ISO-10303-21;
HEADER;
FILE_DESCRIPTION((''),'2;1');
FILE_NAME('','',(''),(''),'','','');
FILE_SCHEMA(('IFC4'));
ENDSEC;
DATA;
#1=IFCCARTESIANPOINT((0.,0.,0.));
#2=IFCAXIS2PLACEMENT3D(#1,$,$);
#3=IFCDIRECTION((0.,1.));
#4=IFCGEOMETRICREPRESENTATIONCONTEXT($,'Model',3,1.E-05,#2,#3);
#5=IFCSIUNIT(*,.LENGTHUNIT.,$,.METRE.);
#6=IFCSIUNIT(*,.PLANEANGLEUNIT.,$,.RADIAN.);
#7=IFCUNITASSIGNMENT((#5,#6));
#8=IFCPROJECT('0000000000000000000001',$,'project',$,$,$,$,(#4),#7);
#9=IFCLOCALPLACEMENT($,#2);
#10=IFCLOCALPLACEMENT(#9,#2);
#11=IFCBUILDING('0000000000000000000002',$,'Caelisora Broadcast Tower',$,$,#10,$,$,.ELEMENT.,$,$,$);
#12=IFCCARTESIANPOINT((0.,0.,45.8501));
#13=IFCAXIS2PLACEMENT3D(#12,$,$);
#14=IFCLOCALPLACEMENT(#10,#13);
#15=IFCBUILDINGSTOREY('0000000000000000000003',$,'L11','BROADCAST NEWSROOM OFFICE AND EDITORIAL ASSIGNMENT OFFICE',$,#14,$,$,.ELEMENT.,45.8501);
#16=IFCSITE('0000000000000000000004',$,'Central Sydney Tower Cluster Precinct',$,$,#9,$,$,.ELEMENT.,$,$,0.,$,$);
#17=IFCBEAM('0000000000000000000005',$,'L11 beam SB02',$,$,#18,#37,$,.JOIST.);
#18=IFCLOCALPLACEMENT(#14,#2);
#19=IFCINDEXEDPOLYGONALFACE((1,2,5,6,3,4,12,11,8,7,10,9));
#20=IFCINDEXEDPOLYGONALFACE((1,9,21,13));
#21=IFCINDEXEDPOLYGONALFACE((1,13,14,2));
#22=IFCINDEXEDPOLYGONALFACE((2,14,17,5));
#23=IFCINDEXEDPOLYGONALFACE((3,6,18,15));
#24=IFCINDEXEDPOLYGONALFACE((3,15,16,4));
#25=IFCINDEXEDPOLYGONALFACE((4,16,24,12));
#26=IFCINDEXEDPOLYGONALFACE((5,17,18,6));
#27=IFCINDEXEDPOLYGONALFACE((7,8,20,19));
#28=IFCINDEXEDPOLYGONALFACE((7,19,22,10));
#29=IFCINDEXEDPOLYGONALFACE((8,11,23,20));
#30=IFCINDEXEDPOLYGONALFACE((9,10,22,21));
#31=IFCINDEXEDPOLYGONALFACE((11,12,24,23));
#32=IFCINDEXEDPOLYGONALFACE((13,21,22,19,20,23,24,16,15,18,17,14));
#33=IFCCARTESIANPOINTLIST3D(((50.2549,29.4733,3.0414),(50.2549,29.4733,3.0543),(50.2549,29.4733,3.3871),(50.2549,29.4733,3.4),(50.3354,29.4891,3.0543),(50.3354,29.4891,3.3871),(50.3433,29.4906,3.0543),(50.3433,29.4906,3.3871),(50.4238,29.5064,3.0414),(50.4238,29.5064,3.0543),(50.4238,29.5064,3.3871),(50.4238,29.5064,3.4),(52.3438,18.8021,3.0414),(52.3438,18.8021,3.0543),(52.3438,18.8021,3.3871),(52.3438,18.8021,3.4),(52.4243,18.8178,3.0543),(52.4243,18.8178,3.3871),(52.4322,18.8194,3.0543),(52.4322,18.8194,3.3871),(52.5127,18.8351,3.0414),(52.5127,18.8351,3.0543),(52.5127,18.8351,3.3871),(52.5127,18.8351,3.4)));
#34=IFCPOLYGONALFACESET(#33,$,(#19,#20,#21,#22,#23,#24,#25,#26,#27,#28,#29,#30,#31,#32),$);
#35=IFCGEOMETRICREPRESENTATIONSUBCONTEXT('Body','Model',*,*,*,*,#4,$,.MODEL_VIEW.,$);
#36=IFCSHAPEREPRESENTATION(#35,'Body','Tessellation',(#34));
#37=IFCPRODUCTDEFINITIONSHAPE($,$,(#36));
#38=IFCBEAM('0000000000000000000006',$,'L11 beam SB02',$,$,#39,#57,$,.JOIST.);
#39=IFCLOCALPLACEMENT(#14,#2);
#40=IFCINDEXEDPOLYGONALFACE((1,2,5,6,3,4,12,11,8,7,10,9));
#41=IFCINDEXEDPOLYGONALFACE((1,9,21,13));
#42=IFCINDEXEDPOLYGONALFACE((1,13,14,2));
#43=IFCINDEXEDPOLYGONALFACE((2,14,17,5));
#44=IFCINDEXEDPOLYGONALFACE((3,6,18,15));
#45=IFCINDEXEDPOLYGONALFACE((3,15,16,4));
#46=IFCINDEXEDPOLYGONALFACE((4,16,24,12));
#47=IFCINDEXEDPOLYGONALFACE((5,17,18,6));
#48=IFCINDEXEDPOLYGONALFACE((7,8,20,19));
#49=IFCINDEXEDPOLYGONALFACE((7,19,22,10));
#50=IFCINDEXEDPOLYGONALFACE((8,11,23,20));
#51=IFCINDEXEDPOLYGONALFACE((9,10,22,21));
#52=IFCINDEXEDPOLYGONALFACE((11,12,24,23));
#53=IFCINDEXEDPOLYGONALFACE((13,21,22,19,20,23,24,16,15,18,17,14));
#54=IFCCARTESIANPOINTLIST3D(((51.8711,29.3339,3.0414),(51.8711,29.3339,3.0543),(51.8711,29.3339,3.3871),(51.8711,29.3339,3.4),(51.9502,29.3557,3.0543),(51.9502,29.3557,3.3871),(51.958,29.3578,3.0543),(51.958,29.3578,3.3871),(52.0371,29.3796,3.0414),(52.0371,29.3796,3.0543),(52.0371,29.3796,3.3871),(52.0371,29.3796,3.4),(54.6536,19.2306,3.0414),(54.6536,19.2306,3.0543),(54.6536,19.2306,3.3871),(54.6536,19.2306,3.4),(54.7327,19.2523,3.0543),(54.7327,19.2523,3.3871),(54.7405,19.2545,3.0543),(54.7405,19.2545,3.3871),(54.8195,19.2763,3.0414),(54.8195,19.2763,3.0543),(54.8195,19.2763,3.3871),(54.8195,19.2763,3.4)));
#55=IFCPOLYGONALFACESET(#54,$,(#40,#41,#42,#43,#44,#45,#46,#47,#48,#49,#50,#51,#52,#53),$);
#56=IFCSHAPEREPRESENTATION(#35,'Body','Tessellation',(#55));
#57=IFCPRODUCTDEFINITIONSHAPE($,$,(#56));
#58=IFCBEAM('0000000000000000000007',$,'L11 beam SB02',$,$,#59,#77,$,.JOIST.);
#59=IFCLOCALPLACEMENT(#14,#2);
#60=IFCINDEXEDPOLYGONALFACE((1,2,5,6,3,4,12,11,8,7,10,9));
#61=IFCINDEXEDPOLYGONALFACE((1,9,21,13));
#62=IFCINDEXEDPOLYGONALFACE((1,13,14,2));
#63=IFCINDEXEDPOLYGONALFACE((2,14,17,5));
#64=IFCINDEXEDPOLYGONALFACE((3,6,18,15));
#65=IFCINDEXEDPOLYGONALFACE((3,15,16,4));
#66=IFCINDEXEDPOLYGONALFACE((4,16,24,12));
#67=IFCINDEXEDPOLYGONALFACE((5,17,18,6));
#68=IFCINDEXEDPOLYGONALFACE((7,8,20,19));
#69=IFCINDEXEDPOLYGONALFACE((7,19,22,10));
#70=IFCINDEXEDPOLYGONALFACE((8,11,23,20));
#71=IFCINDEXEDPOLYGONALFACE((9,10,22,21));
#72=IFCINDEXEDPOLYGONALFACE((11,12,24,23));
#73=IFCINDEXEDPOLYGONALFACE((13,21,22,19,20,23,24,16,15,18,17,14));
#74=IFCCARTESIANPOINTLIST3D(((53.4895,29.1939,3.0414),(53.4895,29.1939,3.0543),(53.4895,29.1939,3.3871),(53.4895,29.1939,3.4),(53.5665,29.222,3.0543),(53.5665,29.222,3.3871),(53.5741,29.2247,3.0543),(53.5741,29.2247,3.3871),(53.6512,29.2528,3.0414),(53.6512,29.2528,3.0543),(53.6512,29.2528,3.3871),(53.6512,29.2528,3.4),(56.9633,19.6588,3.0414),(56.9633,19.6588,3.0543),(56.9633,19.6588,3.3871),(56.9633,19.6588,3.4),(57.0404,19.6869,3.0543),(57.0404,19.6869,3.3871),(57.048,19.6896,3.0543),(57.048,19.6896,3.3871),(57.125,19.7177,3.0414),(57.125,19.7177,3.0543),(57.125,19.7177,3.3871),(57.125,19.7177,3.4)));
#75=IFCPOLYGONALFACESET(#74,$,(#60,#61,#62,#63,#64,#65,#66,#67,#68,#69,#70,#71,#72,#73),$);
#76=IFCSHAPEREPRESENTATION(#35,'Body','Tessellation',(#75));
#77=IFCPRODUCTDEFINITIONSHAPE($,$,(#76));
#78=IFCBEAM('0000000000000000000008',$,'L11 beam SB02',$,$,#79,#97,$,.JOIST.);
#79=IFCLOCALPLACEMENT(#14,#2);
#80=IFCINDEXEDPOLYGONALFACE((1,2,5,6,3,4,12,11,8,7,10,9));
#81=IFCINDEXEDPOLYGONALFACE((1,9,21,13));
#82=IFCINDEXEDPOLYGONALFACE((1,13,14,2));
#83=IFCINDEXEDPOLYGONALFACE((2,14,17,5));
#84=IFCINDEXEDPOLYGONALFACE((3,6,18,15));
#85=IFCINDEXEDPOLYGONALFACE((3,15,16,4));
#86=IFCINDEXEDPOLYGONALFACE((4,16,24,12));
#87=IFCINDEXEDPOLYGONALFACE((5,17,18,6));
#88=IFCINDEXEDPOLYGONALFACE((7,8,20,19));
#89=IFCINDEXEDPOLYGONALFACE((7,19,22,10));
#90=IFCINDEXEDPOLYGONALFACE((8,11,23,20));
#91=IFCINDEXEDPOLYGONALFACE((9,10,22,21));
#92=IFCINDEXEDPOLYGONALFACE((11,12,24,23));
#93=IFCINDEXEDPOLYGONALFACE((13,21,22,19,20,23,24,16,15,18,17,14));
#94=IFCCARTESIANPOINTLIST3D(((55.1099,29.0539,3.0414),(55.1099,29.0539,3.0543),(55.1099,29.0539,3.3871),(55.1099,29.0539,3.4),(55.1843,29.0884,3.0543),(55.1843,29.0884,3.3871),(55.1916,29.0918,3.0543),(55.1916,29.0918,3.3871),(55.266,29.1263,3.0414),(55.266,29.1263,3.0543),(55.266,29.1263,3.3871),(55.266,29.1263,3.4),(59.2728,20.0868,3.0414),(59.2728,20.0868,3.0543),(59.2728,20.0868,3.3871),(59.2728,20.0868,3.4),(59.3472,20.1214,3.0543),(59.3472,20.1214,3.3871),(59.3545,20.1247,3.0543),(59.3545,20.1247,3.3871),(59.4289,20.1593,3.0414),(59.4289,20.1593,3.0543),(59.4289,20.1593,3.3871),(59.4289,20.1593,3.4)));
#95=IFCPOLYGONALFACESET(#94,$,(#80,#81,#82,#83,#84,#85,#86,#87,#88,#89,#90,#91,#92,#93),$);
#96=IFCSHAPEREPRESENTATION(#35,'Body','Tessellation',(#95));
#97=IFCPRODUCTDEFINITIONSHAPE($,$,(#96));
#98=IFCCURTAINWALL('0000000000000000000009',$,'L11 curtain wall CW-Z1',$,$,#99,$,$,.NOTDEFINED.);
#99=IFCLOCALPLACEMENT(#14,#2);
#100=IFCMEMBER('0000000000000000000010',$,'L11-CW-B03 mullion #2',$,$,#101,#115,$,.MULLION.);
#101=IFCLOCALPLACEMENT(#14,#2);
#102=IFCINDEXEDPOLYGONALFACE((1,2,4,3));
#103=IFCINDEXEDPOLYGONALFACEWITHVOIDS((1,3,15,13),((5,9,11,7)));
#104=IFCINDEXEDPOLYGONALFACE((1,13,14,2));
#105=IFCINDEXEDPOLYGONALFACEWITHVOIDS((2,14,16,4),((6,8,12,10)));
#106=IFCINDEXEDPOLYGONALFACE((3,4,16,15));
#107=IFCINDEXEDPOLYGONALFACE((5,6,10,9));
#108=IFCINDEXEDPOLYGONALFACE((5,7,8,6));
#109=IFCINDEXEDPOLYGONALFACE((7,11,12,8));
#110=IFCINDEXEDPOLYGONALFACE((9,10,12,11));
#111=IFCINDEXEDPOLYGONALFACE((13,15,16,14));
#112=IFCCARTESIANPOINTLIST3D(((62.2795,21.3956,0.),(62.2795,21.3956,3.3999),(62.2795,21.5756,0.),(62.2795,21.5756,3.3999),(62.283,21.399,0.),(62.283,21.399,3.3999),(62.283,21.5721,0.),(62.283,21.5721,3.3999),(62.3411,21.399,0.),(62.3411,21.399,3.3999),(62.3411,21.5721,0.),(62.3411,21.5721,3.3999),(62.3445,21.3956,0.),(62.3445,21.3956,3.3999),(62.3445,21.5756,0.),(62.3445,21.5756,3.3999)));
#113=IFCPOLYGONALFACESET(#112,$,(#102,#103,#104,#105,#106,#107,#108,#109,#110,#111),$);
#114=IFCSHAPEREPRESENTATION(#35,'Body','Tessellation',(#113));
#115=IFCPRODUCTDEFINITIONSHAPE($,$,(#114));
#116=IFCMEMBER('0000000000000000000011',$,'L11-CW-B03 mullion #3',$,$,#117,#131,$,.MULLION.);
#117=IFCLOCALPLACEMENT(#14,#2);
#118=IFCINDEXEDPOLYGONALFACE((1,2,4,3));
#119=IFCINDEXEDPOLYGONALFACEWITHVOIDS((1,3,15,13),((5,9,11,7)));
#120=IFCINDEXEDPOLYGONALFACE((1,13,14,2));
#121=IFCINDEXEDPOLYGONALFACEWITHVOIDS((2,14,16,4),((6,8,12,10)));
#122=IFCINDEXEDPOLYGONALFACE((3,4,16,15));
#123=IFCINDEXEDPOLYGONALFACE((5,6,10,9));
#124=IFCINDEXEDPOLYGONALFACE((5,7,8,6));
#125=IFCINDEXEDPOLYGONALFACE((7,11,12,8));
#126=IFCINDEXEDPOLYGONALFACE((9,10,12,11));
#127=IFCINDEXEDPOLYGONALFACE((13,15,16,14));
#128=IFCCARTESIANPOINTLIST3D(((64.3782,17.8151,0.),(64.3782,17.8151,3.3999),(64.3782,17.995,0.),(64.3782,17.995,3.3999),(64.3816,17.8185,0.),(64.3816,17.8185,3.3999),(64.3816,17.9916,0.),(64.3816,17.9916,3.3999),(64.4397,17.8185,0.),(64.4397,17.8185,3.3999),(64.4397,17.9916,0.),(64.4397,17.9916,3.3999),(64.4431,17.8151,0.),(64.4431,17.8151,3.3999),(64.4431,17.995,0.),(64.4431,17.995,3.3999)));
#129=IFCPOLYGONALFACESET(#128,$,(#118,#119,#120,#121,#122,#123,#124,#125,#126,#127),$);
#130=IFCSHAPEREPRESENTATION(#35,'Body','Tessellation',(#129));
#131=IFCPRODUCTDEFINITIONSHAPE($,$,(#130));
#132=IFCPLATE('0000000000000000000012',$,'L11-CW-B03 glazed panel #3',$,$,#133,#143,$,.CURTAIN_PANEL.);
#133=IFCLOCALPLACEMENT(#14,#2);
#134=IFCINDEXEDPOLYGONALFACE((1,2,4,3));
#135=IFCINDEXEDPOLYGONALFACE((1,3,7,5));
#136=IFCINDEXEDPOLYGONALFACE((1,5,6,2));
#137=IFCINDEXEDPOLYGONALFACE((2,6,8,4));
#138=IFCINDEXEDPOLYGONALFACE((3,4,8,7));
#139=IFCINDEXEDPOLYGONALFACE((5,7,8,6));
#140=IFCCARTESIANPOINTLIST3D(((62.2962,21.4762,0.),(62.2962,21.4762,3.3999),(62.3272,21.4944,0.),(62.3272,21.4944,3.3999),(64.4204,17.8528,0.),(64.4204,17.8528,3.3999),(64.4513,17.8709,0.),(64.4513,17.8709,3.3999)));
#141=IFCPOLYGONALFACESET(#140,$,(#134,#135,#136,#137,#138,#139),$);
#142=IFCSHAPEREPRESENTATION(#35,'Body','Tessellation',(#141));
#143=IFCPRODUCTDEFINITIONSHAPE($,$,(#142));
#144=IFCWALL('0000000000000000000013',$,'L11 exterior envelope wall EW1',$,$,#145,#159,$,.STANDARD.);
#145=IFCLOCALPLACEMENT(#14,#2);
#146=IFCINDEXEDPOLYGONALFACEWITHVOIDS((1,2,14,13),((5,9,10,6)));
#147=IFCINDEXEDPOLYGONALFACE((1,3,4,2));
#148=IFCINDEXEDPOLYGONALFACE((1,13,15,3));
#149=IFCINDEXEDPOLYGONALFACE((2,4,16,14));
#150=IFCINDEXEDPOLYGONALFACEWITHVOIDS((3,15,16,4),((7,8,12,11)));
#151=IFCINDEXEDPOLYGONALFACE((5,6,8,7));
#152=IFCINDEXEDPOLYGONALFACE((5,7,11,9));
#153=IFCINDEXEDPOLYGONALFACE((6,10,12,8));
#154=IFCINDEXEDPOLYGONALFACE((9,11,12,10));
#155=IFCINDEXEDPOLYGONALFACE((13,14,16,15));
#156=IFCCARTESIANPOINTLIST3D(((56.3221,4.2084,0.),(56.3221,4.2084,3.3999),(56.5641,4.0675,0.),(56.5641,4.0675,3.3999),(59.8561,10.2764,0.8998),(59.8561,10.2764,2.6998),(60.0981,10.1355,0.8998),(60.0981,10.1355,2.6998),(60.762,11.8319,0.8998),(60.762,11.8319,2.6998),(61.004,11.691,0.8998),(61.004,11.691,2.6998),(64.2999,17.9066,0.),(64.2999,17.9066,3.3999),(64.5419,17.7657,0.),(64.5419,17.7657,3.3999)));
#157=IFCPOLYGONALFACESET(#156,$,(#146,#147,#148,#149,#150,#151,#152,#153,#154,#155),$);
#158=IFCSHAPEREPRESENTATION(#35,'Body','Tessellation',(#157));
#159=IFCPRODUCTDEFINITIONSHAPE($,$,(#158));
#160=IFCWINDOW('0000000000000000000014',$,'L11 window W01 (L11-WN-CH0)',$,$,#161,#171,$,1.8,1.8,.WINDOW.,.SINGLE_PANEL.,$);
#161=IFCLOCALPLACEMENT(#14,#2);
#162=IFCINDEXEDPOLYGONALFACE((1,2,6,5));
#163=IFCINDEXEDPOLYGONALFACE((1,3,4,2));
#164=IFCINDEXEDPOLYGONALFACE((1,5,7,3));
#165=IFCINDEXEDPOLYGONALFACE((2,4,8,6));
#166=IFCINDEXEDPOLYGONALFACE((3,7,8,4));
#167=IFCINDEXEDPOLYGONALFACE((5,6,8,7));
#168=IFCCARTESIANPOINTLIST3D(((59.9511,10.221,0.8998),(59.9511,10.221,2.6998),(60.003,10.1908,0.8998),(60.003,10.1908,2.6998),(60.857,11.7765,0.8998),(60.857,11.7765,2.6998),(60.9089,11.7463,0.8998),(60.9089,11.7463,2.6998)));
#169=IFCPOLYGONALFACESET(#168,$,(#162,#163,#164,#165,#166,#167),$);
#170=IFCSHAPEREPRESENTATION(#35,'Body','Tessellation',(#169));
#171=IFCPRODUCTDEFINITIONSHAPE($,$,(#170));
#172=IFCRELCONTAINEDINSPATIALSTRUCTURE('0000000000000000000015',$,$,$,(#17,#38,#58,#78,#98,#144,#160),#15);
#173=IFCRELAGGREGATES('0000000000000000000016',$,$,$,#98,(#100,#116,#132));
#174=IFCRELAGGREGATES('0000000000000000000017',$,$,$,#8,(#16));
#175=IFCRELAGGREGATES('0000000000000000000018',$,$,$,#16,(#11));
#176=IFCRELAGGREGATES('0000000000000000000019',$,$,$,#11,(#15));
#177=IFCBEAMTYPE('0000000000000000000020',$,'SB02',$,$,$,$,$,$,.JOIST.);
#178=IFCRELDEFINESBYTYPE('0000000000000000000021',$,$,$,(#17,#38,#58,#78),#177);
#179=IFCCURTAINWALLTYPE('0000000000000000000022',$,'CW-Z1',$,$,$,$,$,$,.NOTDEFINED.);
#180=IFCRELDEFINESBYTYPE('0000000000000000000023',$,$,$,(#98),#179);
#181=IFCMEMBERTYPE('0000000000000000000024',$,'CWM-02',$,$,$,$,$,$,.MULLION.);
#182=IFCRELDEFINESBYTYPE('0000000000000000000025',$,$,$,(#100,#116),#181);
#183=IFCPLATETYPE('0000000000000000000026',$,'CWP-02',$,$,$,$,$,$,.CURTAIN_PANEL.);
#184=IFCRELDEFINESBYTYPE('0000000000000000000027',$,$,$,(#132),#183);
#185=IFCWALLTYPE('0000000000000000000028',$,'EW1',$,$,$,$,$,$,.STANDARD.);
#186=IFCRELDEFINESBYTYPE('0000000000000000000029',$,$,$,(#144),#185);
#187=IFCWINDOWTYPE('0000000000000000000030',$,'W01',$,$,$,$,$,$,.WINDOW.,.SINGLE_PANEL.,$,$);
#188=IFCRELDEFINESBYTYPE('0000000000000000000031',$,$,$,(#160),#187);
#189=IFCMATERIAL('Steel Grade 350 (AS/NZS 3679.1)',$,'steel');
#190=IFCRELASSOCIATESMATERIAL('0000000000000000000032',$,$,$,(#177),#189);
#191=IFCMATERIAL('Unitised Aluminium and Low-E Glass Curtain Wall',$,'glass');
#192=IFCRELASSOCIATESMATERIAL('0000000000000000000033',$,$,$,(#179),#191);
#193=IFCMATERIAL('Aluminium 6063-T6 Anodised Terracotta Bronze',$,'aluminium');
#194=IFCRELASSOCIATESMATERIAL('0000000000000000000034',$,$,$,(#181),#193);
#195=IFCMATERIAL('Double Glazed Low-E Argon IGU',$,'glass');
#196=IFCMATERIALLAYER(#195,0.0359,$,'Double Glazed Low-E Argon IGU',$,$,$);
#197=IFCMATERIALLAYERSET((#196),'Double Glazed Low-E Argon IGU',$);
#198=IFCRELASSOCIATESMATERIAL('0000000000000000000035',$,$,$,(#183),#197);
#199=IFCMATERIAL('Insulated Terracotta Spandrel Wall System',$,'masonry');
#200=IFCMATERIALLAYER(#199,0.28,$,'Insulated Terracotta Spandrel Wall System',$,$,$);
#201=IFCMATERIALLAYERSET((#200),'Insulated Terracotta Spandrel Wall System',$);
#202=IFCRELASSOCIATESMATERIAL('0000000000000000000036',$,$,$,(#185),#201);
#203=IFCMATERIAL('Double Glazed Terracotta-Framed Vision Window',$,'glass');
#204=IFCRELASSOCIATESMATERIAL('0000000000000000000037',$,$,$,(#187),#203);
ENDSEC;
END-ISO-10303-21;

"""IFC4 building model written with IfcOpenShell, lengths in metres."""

from ifc_helpers import new_model, si_unit, direction, frame, frame_2d, origin, origin_2d, place, context, subcontext, project, spatial, rectangle, hollow_rectangle, i_section, extrude, source, transform, mapped, material, layer, layer_set, material_profile, profile_set, type_object, type_shapes, element, fill, aggregate, save


model = new_model("IFC4")

# Units and contexts
model_context = context("Model", 3, precision=1e-05, world=origin(), true_north=direction((0.0, 1.0)))
body_context = subcontext(model_context, "Body", "Model", "MODEL_VIEW")
ifc_project = project(units=[si_unit("LENGTHUNIT", "METRE"), si_unit("PLANEANGLEUNIT", "RADIAN")], contexts=[model_context])

# Site, building, storey
site_placement = place(None, origin())
site = spatial("IfcSite", under=ifc_project, at=site_placement, Name="Central Sydney Tower Cluster Precinct", CompositionType="ELEMENT", RefElevation=0.0)
building_placement = place(site_placement, origin())
building = spatial("IfcBuilding", under=site, at=building_placement, Name="Caelisora Broadcast Tower", CompositionType="ELEMENT")
storey_placement = place(building_placement, frame((0.0, 0.0, 45.8501)))
storey = spatial("IfcBuildingStorey", under=building, at=storey_placement, Name="L11", Description="BROADCAST NEWSROOM OFFICE AND EDITORIAL ASSIGNMENT OFFICE", CompositionType="ELEMENT", Elevation=45.8501)

# Beams
ifc_material_1 = material(Name="Steel Grade 350 (AS/NZS 3679.1)", Category="steel")
ifc_material_profile_1 = material_profile(ifc_material_1, i_section(OverallWidth=0.1721, OverallDepth=0.3586, WebThickness=0.0081, FlangeThickness=0.0129, at=origin_2d()), Name="Steel Grade 350 (AS/NZS 3679.1)")
ifc_profile_set_1 = profile_set([ifc_material_profile_1], Name="Steel Grade 350 (AS/NZS 3679.1)")
beam_type_1 = type_object("IfcBeamType", Name="SB02", PredefinedType="JOIST", material=ifc_profile_set_1)
shared_shape_1 = source(origin(), body_context, "Body", "SweptSolid", [
    extrude(i_section(OverallWidth=0.1721, OverallDepth=0.3586, WebThickness=0.0081, FlangeThickness=0.0129, at=origin_2d()), origin(), (0.0, 0.0, 1.0), 10.8738),
])
beam_1_placement = place(storey_placement, frame((52.4282, 18.8186, 3.2207), z_axis=(-0.192103, 0.981375, 0.0), x_axis=(-0.981375, -0.192103, 0.0)))
element("IfcBeam", 1, at=beam_1_placement, inside=storey, type_object=beam_type_1, Name="L11 beam SB02", PredefinedType="JOIST", context=body_context, shape_type="MappedRepresentation", body=[
    mapped(shared_shape_1, transform((0.0, 0.0, 0.0), scale=1.0)),
])
shared_shape_2 = source(origin(), body_context, "Body", "SweptSolid", [
    extrude(i_section(OverallWidth=0.1721, OverallDepth=0.3586, WebThickness=0.0081, FlangeThickness=0.0129, at=origin_2d()), origin(), (0.0, 0.0, 1.0), 10.4795),
])
beam_2_placement = place(storey_placement, frame((54.7366, 19.2534, 3.2207), z_axis=(-0.265518, 0.964106, 0.0), x_axis=(-0.964106, -0.265518, 0.0)))
element("IfcBeam", 2, at=beam_2_placement, inside=storey, type_object=beam_type_1, Name="L11 beam SB02", PredefinedType="JOIST", context=body_context, shape_type="MappedRepresentation", body=[
    mapped(shared_shape_2, transform((0.0, 0.0, 0.0), scale=1.0)),
])
shared_shape_3 = source(origin(), body_context, "Body", "SweptSolid", [
    extrude(i_section(OverallWidth=0.1721, OverallDepth=0.3586, WebThickness=0.0081, FlangeThickness=0.0129, at=origin_2d()), origin(), (0.0, 0.0, 1.0), 10.1482),
])
beam_3_placement = place(storey_placement, frame((57.0442, 19.6882, 3.2207), z_axis=(-0.342313, 0.939586, 0.0), x_axis=(-0.939586, -0.342313, 0.0)))
element("IfcBeam", 3, at=beam_3_placement, inside=storey, type_object=beam_type_1, Name="L11 beam SB02", PredefinedType="JOIST", context=body_context, shape_type="MappedRepresentation", body=[
    mapped(shared_shape_3, transform((0.0, 0.0, 0.0), scale=1.0)),
])
shared_shape_4 = source(origin(), body_context, "Body", "SweptSolid", [
    extrude(i_section(OverallWidth=0.1721, OverallDepth=0.3586, WebThickness=0.0081, FlangeThickness=0.0129, at=origin_2d()), origin(), (0.0, 0.0, 1.0), 9.8862),
])
beam_4_placement = place(storey_placement, frame((59.3508, 20.123, 3.2207), z_axis=(-0.421076, 0.907025, 0.0), x_axis=(-0.907025, -0.421076, 0.0)))
element("IfcBeam", 4, at=beam_4_placement, inside=storey, type_object=beam_type_1, Name="L11 beam SB02", PredefinedType="JOIST", context=body_context, shape_type="MappedRepresentation", body=[
    mapped(shared_shape_4, transform((0.0, 0.0, 0.0), scale=1.0)),
])

# Curtain wall, members, plate
ifc_material_2 = material(Name="Unitised Aluminium and Low-E Glass Curtain Wall", Category="glass")
curtain_wall_type = type_object("IfcCurtainWallType", Name="CW-Z1", PredefinedType="NOTDEFINED", material=ifc_material_2)
curtain_wall_placement = place(storey_placement, origin())
curtain_wall = element("IfcCurtainWall", 5, at=curtain_wall_placement, inside=storey, type_object=curtain_wall_type, Name="L11 curtain wall CW-Z1", PredefinedType="NOTDEFINED")
ifc_material_3 = material(Name="Aluminium 6063-T6 Anodised Terracotta Bronze", Category="aluminium")
ifc_material_profile_2 = material_profile(ifc_material_3, hollow_rectangle(XDim=0.0649, YDim=0.1799, WallThickness=0.0034, at=origin_2d()), Name="Aluminium 6063-T6 Anodised Terracotta Bronze")
ifc_profile_set_2 = profile_set([ifc_material_profile_2], Name="Aluminium 6063-T6 Anodised Terracotta Bronze")
member_type = type_object("IfcMemberType", Name="CWM-02", PredefinedType="MULLION", material=ifc_profile_set_2)
shared_shape_5 = source(origin(), body_context, "Body", "SweptSolid", [
    extrude(hollow_rectangle(XDim=0.0649, YDim=0.1799, WallThickness=0.0034, at=origin_2d()), origin(), (0.0, 0.0, 1.0), 3.3999),
])
type_shapes(member_type, [shared_shape_5])
member_1_placement = place(storey_placement, frame((62.312, 21.4856, 0.0), z_axis=(0.0, 0.0, 1.0), x_axis=(1.0, 0.0, 0.0)))
member_1 = element("IfcMember", 6, at=member_1_placement, type_object=member_type, Name="L11-CW-B03 mullion #2", PredefinedType="MULLION", context=body_context, shape_type="MappedRepresentation", body=[
    mapped(shared_shape_5, transform((0.0, 0.0, 0.0), scale=1.0)),
])
member_2_placement = place(storey_placement, frame((64.4106, 17.905, 0.0), z_axis=(0.0, 0.0, 1.0), x_axis=(1.0, 0.0, 0.0)))
member_2 = element("IfcMember", 7, at=member_2_placement, type_object=member_type, Name="L11-CW-B03 mullion #3", PredefinedType="MULLION", context=body_context, shape_type="MappedRepresentation", body=[
    mapped(shared_shape_5, transform((0.0, 0.0, 0.0), scale=1.0)),
])
ifc_material_4 = material(Name="Double Glazed Low-E Argon IGU", Category="glass")
ifc_layer_1 = layer(ifc_material_4, 0.0359, Name="Double Glazed Low-E Argon IGU")
ifc_layer_set_1 = layer_set([ifc_layer_1], Name="Double Glazed Low-E Argon IGU")
plate_type = type_object("IfcPlateType", Name="CWP-02", PredefinedType="CURTAIN_PANEL", material=ifc_layer_set_1)
shared_shape_6 = source(origin(), body_context, "Body", "SweptSolid", [
    extrude(rectangle(XDim=4.2002, YDim=0.0359, at=origin_2d()), origin(), (0.0, 0.0, 1.0), 3.3999),
])
type_shapes(plate_type, [shared_shape_6])
plate_placement = place(storey_placement, frame((63.3738, 19.6736, 0.0), z_axis=(0.0, 0.0, 1.0), x_axis=(0.505733, -0.86269, 0.0)))
plate = element("IfcPlate", 8, at=plate_placement, type_object=plate_type, Name="L11-CW-B03 glazed panel #3", PredefinedType="CURTAIN_PANEL", context=body_context, shape_type="MappedRepresentation", body=[
    mapped(shared_shape_6, transform((0.0, 0.0, 0.0), scale=1.0)),
])
aggregate(curtain_wall, [member_1, member_2, plate])

# Wall, opening, window
ifc_material_5 = material(Name="Insulated Terracotta Spandrel Wall System", Category="masonry")
ifc_layer_2 = layer(ifc_material_5, 0.28, Name="Insulated Terracotta Spandrel Wall System")
ifc_layer_set_2 = layer_set([ifc_layer_2], Name="Insulated Terracotta Spandrel Wall System")
wall_type_1 = type_object("IfcWallType", Name="EW1", PredefinedType="STANDARD", material=ifc_layer_set_2)
wall_1_placement = place(storey_placement, frame((64.4209, 17.8362, 0.0), z_axis=(0.0, 0.0, 1.0), x_axis=(-0.503266, -0.864132, 0.0)))
wall_1 = element("IfcWall", 9, at=wall_1_placement, inside=storey, type_object=wall_type_1, Name="L11 exterior envelope wall EW1", PredefinedType="STANDARD", context=body_context, shape_type="SweptSolid", body=[
    extrude(rectangle(XDim=15.8521, YDim=0.28, at=frame_2d((7.926, 0.0))), origin(), (0.0, 0.0, 1.0), 3.3999),
])
opening_1_placement = place(wall_1_placement, frame((7.03, 0.0, 0.8999)))
opening_1 = element("IfcOpeningElement", 10, at=opening_1_placement, cuts=wall_1, PredefinedType="OPENING", context=body_context, shape_type="SweptSolid", body=[
    extrude(rectangle(XDim=1.8, YDim=1.8, at=frame_2d((0.8999, 0.8999))), frame((0.0, 0.1521, 0.0), z_axis=(0.0, -1.0, 0.0), x_axis=(1.0, 0.0, 0.0)), (0.0, 0.0, 1.0), 0.304),
])
ifc_material_6 = material(Name="Double Glazed Terracotta-Framed Vision Window", Category="glass")
window_type = type_object("IfcWindowType", Name="W01", PartitioningType="SINGLE_PANEL", PredefinedType="WINDOW", material=ifc_material_6)
window_placement = place(opening_1_placement, origin())
window = element("IfcWindow", 11, at=window_placement, inside=storey, type_object=window_type, Name="L11 window W01 (L11-WN-CH0)", OverallHeight=1.8, OverallWidth=1.8, PartitioningType="SINGLE_PANEL", PredefinedType="WINDOW", context=body_context, shape_type="SweptSolid", body=[
    extrude(rectangle(XDim=1.8, YDim=1.8, at=frame_2d((0.8999, 0.8999))), frame((0.0, 0.03, 0.0), z_axis=(0.0, -1.0, 0.0), x_axis=(1.0, 0.0, 0.0)), (0.0, 0.0, 1.0), 0.0601),
])
fill(opening_1, window)

save(model, "model.ifc")
